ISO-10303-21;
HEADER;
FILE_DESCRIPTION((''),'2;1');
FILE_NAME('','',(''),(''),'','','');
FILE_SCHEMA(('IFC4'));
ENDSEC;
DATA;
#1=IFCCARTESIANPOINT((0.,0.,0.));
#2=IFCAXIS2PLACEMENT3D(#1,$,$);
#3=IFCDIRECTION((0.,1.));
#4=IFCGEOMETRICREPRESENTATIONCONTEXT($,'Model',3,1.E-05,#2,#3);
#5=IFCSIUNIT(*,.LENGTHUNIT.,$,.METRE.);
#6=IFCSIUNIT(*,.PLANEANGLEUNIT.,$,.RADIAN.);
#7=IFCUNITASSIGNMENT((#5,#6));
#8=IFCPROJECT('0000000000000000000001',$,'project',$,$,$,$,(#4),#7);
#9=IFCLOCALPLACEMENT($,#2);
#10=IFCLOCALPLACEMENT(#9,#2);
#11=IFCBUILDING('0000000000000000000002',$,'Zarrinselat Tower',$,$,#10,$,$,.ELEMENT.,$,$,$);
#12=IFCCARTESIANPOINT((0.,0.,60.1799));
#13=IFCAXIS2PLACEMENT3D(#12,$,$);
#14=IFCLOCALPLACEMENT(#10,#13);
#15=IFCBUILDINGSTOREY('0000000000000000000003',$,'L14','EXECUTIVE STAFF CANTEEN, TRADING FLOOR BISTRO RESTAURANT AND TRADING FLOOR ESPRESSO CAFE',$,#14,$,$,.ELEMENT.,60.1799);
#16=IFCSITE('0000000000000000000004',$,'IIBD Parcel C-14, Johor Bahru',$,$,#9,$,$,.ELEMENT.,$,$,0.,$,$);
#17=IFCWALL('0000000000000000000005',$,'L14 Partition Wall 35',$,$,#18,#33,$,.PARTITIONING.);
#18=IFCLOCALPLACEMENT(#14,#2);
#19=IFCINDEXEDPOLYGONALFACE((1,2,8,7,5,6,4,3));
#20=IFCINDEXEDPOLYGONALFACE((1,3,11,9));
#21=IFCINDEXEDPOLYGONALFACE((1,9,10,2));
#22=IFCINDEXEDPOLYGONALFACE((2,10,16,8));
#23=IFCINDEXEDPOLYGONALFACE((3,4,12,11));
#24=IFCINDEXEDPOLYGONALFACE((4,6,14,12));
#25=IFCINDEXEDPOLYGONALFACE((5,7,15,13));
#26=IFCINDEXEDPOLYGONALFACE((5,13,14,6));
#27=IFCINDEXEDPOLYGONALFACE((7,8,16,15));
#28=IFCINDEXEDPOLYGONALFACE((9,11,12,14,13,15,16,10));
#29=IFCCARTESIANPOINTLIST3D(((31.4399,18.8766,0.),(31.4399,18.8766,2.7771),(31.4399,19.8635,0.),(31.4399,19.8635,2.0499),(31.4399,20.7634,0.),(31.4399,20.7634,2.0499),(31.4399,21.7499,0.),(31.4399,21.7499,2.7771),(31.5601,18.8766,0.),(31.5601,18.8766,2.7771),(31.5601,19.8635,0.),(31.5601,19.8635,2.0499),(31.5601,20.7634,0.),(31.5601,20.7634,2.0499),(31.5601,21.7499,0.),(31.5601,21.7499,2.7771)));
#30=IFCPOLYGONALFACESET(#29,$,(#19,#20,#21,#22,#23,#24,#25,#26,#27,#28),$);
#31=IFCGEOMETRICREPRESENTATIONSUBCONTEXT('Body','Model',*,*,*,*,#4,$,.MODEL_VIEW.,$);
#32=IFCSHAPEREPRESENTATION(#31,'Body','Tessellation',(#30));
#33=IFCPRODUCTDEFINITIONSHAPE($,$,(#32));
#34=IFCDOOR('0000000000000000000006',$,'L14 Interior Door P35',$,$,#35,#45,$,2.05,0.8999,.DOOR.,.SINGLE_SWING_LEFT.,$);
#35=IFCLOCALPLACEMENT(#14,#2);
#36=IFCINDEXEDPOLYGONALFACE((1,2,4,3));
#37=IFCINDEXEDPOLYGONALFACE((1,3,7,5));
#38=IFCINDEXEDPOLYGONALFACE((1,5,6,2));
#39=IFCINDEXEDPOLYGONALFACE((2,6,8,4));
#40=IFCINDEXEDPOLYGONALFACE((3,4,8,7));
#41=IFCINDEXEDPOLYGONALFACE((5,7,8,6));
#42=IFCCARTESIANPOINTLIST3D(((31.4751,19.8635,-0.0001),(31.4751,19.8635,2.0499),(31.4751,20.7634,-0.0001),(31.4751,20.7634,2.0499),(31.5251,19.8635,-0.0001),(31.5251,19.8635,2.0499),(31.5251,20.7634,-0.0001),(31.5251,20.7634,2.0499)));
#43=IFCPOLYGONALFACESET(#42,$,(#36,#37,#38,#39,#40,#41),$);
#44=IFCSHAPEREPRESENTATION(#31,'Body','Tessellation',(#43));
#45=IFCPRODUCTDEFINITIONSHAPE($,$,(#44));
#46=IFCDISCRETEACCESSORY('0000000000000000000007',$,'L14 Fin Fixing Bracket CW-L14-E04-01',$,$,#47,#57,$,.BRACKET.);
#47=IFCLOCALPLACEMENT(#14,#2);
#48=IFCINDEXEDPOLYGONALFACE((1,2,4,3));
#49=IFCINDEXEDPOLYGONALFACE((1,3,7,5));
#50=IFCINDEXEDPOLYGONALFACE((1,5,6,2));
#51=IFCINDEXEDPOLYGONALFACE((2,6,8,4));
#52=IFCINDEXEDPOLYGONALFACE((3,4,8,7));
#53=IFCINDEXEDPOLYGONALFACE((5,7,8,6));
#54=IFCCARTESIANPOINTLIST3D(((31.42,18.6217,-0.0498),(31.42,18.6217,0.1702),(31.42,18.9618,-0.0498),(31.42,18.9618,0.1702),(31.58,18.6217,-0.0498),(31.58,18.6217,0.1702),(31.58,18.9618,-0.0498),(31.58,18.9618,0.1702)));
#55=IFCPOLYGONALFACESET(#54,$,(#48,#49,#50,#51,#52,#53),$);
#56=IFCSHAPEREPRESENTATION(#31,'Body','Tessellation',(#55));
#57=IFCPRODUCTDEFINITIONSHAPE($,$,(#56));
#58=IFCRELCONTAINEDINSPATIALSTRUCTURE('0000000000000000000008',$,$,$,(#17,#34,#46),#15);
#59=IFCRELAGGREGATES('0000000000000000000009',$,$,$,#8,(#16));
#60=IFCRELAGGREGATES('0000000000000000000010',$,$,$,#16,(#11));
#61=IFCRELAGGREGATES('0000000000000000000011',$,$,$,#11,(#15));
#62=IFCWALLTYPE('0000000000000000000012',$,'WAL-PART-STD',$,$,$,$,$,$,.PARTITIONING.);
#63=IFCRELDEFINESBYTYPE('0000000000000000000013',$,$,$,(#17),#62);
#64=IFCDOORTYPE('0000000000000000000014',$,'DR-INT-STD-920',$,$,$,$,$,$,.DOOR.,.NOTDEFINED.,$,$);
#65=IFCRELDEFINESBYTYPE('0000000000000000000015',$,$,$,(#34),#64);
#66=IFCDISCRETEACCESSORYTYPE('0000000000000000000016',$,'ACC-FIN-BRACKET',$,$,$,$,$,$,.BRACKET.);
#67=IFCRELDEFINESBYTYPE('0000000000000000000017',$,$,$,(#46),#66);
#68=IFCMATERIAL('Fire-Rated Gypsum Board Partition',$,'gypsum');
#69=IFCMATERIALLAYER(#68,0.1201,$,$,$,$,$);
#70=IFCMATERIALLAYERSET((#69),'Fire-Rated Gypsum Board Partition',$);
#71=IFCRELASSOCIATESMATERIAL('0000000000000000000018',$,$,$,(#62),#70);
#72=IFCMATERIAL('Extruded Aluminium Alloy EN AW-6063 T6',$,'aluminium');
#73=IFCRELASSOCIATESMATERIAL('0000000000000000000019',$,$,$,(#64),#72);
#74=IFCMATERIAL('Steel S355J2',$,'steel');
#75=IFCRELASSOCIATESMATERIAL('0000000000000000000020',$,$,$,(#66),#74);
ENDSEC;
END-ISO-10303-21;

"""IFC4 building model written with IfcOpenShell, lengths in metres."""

from ifc_helpers import new_model, si_unit, direction, frame, frame_2d, origin, origin_2d, place, context, subcontext, project, spatial, rectangle, extrude, material, layer, layer_set, type_object, element, fill, save


model = new_model("IFC4")

# Units and contexts
model_context = context("Model", 3, precision=1e-05, world=origin(), true_north=direction((0.0, 1.0)))
body_context = subcontext(model_context, "Body", "Model", "MODEL_VIEW")
ifc_project = project(units=[si_unit("LENGTHUNIT", "METRE"), si_unit("PLANEANGLEUNIT", "RADIAN")], contexts=[model_context])

# Site, building, storey
site_placement = place(None, origin())
site = spatial("IfcSite", under=ifc_project, at=site_placement, Name="IIBD Parcel C-14, Johor Bahru", CompositionType="ELEMENT", RefElevation=0.0)
building_placement = place(site_placement, origin())
building = spatial("IfcBuilding", under=site, at=building_placement, Name="Zarrinselat Tower", CompositionType="ELEMENT")
storey_placement = place(building_placement, frame((0.0, 0.0, 60.1799)))
storey = spatial("IfcBuildingStorey", under=building, at=storey_placement, Name="L14", Description="EXECUTIVE STAFF CANTEEN, TRADING FLOOR BISTRO RESTAURANT AND TRADING FLOOR ESPRESSO CAFE", CompositionType="ELEMENT", Elevation=60.1799)

# Wall, opening, door
ifc_material_1 = material(Name="Fire-Rated Gypsum Board Partition", Category="gypsum")
ifc_layer_1 = layer(ifc_material_1, 0.1201)
ifc_layer_set_1 = layer_set([ifc_layer_1], Name="Fire-Rated Gypsum Board Partition")
wall_type = type_object("IfcWallType", Name="WAL-PART-STD", PredefinedType="PARTITIONING", material=ifc_layer_set_1)
wall_placement = place(storey_placement, frame((31.5, 18.8767, 0.0), z_axis=(0.0, 0.0, 1.0), x_axis=(0.0, 1.0, 0.0)))
wall = element("IfcWall", 1, at=wall_placement, inside=storey, type_object=wall_type, Name="L14 Partition Wall 35", PredefinedType="PARTITIONING", context=body_context, shape_type="SweptSolid", body=[
    extrude(rectangle(XDim=2.8733, YDim=0.1201, at=frame_2d((1.4365, 0.0))), origin(), (0.0, 0.0, 1.0), 2.7771),
])
opening_placement = place(wall_placement, frame((0.9868, 0.0, 0.0)))
opening = element("IfcOpeningElement", 2, at=opening_placement, cuts=wall, PredefinedType="OPENING", context=body_context, shape_type="SweptSolid", body=[
    extrude(rectangle(XDim=0.8999, YDim=2.05, at=frame_2d((0.45, 1.0249))), frame((0.0, 0.0701, 0.0), z_axis=(0.0, -1.0, 0.0), x_axis=(1.0, 0.0, 0.0)), (0.0, 0.0, 1.0), 0.1401),
])
ifc_material_2 = material(Name="Extruded Aluminium Alloy EN AW-6063 T6", Category="aluminium")
door_type = type_object("IfcDoorType", Name="DR-INT-STD-920", OperationType="NOTDEFINED", PredefinedType="DOOR", material=ifc_material_2)
door_placement = place(opening_placement, origin())
door = element("IfcDoor", 3, at=door_placement, inside=storey, type_object=door_type, Name="L14 Interior Door P35", OperationType="SINGLE_SWING_LEFT", OverallHeight=2.05, OverallWidth=0.8999, PredefinedType="DOOR", context=body_context, shape_type="SweptSolid", body=[
    extrude(rectangle(XDim=0.8999, YDim=2.05, at=frame_2d((0.45, 1.0249))), frame((0.0, 0.0249, 0.0), z_axis=(0.0, -1.0, 0.0), x_axis=(1.0, 0.0, 0.0)), (0.0, 0.0, 1.0), 0.05),
])
fill(opening, door)

# Discrete accessory
ifc_material_3 = material(Name="Steel S355J2", Category="steel")
discrete_accessory_type = type_object("IfcDiscreteAccessoryType", Name="ACC-FIN-BRACKET", PredefinedType="BRACKET", material=ifc_material_3)
discrete_accessory_placement = place(storey_placement, frame((31.5, 18.7917, -0.0498), z_axis=(0.0, 0.0, 1.0), x_axis=(0.0, -1.0, 0.0)))
element("IfcDiscreteAccessory", 4, at=discrete_accessory_placement, inside=storey, type_object=discrete_accessory_type, Name="L14 Fin Fixing Bracket CW-L14-E04-01", PredefinedType="BRACKET", context=body_context, shape_type="SweptSolid", body=[
    extrude(rectangle(XDim=0.3401, YDim=0.1599, at=origin_2d()), origin(), (0.0, 0.0, 1.0), 0.22),
])

save(model, "model.ifc")
